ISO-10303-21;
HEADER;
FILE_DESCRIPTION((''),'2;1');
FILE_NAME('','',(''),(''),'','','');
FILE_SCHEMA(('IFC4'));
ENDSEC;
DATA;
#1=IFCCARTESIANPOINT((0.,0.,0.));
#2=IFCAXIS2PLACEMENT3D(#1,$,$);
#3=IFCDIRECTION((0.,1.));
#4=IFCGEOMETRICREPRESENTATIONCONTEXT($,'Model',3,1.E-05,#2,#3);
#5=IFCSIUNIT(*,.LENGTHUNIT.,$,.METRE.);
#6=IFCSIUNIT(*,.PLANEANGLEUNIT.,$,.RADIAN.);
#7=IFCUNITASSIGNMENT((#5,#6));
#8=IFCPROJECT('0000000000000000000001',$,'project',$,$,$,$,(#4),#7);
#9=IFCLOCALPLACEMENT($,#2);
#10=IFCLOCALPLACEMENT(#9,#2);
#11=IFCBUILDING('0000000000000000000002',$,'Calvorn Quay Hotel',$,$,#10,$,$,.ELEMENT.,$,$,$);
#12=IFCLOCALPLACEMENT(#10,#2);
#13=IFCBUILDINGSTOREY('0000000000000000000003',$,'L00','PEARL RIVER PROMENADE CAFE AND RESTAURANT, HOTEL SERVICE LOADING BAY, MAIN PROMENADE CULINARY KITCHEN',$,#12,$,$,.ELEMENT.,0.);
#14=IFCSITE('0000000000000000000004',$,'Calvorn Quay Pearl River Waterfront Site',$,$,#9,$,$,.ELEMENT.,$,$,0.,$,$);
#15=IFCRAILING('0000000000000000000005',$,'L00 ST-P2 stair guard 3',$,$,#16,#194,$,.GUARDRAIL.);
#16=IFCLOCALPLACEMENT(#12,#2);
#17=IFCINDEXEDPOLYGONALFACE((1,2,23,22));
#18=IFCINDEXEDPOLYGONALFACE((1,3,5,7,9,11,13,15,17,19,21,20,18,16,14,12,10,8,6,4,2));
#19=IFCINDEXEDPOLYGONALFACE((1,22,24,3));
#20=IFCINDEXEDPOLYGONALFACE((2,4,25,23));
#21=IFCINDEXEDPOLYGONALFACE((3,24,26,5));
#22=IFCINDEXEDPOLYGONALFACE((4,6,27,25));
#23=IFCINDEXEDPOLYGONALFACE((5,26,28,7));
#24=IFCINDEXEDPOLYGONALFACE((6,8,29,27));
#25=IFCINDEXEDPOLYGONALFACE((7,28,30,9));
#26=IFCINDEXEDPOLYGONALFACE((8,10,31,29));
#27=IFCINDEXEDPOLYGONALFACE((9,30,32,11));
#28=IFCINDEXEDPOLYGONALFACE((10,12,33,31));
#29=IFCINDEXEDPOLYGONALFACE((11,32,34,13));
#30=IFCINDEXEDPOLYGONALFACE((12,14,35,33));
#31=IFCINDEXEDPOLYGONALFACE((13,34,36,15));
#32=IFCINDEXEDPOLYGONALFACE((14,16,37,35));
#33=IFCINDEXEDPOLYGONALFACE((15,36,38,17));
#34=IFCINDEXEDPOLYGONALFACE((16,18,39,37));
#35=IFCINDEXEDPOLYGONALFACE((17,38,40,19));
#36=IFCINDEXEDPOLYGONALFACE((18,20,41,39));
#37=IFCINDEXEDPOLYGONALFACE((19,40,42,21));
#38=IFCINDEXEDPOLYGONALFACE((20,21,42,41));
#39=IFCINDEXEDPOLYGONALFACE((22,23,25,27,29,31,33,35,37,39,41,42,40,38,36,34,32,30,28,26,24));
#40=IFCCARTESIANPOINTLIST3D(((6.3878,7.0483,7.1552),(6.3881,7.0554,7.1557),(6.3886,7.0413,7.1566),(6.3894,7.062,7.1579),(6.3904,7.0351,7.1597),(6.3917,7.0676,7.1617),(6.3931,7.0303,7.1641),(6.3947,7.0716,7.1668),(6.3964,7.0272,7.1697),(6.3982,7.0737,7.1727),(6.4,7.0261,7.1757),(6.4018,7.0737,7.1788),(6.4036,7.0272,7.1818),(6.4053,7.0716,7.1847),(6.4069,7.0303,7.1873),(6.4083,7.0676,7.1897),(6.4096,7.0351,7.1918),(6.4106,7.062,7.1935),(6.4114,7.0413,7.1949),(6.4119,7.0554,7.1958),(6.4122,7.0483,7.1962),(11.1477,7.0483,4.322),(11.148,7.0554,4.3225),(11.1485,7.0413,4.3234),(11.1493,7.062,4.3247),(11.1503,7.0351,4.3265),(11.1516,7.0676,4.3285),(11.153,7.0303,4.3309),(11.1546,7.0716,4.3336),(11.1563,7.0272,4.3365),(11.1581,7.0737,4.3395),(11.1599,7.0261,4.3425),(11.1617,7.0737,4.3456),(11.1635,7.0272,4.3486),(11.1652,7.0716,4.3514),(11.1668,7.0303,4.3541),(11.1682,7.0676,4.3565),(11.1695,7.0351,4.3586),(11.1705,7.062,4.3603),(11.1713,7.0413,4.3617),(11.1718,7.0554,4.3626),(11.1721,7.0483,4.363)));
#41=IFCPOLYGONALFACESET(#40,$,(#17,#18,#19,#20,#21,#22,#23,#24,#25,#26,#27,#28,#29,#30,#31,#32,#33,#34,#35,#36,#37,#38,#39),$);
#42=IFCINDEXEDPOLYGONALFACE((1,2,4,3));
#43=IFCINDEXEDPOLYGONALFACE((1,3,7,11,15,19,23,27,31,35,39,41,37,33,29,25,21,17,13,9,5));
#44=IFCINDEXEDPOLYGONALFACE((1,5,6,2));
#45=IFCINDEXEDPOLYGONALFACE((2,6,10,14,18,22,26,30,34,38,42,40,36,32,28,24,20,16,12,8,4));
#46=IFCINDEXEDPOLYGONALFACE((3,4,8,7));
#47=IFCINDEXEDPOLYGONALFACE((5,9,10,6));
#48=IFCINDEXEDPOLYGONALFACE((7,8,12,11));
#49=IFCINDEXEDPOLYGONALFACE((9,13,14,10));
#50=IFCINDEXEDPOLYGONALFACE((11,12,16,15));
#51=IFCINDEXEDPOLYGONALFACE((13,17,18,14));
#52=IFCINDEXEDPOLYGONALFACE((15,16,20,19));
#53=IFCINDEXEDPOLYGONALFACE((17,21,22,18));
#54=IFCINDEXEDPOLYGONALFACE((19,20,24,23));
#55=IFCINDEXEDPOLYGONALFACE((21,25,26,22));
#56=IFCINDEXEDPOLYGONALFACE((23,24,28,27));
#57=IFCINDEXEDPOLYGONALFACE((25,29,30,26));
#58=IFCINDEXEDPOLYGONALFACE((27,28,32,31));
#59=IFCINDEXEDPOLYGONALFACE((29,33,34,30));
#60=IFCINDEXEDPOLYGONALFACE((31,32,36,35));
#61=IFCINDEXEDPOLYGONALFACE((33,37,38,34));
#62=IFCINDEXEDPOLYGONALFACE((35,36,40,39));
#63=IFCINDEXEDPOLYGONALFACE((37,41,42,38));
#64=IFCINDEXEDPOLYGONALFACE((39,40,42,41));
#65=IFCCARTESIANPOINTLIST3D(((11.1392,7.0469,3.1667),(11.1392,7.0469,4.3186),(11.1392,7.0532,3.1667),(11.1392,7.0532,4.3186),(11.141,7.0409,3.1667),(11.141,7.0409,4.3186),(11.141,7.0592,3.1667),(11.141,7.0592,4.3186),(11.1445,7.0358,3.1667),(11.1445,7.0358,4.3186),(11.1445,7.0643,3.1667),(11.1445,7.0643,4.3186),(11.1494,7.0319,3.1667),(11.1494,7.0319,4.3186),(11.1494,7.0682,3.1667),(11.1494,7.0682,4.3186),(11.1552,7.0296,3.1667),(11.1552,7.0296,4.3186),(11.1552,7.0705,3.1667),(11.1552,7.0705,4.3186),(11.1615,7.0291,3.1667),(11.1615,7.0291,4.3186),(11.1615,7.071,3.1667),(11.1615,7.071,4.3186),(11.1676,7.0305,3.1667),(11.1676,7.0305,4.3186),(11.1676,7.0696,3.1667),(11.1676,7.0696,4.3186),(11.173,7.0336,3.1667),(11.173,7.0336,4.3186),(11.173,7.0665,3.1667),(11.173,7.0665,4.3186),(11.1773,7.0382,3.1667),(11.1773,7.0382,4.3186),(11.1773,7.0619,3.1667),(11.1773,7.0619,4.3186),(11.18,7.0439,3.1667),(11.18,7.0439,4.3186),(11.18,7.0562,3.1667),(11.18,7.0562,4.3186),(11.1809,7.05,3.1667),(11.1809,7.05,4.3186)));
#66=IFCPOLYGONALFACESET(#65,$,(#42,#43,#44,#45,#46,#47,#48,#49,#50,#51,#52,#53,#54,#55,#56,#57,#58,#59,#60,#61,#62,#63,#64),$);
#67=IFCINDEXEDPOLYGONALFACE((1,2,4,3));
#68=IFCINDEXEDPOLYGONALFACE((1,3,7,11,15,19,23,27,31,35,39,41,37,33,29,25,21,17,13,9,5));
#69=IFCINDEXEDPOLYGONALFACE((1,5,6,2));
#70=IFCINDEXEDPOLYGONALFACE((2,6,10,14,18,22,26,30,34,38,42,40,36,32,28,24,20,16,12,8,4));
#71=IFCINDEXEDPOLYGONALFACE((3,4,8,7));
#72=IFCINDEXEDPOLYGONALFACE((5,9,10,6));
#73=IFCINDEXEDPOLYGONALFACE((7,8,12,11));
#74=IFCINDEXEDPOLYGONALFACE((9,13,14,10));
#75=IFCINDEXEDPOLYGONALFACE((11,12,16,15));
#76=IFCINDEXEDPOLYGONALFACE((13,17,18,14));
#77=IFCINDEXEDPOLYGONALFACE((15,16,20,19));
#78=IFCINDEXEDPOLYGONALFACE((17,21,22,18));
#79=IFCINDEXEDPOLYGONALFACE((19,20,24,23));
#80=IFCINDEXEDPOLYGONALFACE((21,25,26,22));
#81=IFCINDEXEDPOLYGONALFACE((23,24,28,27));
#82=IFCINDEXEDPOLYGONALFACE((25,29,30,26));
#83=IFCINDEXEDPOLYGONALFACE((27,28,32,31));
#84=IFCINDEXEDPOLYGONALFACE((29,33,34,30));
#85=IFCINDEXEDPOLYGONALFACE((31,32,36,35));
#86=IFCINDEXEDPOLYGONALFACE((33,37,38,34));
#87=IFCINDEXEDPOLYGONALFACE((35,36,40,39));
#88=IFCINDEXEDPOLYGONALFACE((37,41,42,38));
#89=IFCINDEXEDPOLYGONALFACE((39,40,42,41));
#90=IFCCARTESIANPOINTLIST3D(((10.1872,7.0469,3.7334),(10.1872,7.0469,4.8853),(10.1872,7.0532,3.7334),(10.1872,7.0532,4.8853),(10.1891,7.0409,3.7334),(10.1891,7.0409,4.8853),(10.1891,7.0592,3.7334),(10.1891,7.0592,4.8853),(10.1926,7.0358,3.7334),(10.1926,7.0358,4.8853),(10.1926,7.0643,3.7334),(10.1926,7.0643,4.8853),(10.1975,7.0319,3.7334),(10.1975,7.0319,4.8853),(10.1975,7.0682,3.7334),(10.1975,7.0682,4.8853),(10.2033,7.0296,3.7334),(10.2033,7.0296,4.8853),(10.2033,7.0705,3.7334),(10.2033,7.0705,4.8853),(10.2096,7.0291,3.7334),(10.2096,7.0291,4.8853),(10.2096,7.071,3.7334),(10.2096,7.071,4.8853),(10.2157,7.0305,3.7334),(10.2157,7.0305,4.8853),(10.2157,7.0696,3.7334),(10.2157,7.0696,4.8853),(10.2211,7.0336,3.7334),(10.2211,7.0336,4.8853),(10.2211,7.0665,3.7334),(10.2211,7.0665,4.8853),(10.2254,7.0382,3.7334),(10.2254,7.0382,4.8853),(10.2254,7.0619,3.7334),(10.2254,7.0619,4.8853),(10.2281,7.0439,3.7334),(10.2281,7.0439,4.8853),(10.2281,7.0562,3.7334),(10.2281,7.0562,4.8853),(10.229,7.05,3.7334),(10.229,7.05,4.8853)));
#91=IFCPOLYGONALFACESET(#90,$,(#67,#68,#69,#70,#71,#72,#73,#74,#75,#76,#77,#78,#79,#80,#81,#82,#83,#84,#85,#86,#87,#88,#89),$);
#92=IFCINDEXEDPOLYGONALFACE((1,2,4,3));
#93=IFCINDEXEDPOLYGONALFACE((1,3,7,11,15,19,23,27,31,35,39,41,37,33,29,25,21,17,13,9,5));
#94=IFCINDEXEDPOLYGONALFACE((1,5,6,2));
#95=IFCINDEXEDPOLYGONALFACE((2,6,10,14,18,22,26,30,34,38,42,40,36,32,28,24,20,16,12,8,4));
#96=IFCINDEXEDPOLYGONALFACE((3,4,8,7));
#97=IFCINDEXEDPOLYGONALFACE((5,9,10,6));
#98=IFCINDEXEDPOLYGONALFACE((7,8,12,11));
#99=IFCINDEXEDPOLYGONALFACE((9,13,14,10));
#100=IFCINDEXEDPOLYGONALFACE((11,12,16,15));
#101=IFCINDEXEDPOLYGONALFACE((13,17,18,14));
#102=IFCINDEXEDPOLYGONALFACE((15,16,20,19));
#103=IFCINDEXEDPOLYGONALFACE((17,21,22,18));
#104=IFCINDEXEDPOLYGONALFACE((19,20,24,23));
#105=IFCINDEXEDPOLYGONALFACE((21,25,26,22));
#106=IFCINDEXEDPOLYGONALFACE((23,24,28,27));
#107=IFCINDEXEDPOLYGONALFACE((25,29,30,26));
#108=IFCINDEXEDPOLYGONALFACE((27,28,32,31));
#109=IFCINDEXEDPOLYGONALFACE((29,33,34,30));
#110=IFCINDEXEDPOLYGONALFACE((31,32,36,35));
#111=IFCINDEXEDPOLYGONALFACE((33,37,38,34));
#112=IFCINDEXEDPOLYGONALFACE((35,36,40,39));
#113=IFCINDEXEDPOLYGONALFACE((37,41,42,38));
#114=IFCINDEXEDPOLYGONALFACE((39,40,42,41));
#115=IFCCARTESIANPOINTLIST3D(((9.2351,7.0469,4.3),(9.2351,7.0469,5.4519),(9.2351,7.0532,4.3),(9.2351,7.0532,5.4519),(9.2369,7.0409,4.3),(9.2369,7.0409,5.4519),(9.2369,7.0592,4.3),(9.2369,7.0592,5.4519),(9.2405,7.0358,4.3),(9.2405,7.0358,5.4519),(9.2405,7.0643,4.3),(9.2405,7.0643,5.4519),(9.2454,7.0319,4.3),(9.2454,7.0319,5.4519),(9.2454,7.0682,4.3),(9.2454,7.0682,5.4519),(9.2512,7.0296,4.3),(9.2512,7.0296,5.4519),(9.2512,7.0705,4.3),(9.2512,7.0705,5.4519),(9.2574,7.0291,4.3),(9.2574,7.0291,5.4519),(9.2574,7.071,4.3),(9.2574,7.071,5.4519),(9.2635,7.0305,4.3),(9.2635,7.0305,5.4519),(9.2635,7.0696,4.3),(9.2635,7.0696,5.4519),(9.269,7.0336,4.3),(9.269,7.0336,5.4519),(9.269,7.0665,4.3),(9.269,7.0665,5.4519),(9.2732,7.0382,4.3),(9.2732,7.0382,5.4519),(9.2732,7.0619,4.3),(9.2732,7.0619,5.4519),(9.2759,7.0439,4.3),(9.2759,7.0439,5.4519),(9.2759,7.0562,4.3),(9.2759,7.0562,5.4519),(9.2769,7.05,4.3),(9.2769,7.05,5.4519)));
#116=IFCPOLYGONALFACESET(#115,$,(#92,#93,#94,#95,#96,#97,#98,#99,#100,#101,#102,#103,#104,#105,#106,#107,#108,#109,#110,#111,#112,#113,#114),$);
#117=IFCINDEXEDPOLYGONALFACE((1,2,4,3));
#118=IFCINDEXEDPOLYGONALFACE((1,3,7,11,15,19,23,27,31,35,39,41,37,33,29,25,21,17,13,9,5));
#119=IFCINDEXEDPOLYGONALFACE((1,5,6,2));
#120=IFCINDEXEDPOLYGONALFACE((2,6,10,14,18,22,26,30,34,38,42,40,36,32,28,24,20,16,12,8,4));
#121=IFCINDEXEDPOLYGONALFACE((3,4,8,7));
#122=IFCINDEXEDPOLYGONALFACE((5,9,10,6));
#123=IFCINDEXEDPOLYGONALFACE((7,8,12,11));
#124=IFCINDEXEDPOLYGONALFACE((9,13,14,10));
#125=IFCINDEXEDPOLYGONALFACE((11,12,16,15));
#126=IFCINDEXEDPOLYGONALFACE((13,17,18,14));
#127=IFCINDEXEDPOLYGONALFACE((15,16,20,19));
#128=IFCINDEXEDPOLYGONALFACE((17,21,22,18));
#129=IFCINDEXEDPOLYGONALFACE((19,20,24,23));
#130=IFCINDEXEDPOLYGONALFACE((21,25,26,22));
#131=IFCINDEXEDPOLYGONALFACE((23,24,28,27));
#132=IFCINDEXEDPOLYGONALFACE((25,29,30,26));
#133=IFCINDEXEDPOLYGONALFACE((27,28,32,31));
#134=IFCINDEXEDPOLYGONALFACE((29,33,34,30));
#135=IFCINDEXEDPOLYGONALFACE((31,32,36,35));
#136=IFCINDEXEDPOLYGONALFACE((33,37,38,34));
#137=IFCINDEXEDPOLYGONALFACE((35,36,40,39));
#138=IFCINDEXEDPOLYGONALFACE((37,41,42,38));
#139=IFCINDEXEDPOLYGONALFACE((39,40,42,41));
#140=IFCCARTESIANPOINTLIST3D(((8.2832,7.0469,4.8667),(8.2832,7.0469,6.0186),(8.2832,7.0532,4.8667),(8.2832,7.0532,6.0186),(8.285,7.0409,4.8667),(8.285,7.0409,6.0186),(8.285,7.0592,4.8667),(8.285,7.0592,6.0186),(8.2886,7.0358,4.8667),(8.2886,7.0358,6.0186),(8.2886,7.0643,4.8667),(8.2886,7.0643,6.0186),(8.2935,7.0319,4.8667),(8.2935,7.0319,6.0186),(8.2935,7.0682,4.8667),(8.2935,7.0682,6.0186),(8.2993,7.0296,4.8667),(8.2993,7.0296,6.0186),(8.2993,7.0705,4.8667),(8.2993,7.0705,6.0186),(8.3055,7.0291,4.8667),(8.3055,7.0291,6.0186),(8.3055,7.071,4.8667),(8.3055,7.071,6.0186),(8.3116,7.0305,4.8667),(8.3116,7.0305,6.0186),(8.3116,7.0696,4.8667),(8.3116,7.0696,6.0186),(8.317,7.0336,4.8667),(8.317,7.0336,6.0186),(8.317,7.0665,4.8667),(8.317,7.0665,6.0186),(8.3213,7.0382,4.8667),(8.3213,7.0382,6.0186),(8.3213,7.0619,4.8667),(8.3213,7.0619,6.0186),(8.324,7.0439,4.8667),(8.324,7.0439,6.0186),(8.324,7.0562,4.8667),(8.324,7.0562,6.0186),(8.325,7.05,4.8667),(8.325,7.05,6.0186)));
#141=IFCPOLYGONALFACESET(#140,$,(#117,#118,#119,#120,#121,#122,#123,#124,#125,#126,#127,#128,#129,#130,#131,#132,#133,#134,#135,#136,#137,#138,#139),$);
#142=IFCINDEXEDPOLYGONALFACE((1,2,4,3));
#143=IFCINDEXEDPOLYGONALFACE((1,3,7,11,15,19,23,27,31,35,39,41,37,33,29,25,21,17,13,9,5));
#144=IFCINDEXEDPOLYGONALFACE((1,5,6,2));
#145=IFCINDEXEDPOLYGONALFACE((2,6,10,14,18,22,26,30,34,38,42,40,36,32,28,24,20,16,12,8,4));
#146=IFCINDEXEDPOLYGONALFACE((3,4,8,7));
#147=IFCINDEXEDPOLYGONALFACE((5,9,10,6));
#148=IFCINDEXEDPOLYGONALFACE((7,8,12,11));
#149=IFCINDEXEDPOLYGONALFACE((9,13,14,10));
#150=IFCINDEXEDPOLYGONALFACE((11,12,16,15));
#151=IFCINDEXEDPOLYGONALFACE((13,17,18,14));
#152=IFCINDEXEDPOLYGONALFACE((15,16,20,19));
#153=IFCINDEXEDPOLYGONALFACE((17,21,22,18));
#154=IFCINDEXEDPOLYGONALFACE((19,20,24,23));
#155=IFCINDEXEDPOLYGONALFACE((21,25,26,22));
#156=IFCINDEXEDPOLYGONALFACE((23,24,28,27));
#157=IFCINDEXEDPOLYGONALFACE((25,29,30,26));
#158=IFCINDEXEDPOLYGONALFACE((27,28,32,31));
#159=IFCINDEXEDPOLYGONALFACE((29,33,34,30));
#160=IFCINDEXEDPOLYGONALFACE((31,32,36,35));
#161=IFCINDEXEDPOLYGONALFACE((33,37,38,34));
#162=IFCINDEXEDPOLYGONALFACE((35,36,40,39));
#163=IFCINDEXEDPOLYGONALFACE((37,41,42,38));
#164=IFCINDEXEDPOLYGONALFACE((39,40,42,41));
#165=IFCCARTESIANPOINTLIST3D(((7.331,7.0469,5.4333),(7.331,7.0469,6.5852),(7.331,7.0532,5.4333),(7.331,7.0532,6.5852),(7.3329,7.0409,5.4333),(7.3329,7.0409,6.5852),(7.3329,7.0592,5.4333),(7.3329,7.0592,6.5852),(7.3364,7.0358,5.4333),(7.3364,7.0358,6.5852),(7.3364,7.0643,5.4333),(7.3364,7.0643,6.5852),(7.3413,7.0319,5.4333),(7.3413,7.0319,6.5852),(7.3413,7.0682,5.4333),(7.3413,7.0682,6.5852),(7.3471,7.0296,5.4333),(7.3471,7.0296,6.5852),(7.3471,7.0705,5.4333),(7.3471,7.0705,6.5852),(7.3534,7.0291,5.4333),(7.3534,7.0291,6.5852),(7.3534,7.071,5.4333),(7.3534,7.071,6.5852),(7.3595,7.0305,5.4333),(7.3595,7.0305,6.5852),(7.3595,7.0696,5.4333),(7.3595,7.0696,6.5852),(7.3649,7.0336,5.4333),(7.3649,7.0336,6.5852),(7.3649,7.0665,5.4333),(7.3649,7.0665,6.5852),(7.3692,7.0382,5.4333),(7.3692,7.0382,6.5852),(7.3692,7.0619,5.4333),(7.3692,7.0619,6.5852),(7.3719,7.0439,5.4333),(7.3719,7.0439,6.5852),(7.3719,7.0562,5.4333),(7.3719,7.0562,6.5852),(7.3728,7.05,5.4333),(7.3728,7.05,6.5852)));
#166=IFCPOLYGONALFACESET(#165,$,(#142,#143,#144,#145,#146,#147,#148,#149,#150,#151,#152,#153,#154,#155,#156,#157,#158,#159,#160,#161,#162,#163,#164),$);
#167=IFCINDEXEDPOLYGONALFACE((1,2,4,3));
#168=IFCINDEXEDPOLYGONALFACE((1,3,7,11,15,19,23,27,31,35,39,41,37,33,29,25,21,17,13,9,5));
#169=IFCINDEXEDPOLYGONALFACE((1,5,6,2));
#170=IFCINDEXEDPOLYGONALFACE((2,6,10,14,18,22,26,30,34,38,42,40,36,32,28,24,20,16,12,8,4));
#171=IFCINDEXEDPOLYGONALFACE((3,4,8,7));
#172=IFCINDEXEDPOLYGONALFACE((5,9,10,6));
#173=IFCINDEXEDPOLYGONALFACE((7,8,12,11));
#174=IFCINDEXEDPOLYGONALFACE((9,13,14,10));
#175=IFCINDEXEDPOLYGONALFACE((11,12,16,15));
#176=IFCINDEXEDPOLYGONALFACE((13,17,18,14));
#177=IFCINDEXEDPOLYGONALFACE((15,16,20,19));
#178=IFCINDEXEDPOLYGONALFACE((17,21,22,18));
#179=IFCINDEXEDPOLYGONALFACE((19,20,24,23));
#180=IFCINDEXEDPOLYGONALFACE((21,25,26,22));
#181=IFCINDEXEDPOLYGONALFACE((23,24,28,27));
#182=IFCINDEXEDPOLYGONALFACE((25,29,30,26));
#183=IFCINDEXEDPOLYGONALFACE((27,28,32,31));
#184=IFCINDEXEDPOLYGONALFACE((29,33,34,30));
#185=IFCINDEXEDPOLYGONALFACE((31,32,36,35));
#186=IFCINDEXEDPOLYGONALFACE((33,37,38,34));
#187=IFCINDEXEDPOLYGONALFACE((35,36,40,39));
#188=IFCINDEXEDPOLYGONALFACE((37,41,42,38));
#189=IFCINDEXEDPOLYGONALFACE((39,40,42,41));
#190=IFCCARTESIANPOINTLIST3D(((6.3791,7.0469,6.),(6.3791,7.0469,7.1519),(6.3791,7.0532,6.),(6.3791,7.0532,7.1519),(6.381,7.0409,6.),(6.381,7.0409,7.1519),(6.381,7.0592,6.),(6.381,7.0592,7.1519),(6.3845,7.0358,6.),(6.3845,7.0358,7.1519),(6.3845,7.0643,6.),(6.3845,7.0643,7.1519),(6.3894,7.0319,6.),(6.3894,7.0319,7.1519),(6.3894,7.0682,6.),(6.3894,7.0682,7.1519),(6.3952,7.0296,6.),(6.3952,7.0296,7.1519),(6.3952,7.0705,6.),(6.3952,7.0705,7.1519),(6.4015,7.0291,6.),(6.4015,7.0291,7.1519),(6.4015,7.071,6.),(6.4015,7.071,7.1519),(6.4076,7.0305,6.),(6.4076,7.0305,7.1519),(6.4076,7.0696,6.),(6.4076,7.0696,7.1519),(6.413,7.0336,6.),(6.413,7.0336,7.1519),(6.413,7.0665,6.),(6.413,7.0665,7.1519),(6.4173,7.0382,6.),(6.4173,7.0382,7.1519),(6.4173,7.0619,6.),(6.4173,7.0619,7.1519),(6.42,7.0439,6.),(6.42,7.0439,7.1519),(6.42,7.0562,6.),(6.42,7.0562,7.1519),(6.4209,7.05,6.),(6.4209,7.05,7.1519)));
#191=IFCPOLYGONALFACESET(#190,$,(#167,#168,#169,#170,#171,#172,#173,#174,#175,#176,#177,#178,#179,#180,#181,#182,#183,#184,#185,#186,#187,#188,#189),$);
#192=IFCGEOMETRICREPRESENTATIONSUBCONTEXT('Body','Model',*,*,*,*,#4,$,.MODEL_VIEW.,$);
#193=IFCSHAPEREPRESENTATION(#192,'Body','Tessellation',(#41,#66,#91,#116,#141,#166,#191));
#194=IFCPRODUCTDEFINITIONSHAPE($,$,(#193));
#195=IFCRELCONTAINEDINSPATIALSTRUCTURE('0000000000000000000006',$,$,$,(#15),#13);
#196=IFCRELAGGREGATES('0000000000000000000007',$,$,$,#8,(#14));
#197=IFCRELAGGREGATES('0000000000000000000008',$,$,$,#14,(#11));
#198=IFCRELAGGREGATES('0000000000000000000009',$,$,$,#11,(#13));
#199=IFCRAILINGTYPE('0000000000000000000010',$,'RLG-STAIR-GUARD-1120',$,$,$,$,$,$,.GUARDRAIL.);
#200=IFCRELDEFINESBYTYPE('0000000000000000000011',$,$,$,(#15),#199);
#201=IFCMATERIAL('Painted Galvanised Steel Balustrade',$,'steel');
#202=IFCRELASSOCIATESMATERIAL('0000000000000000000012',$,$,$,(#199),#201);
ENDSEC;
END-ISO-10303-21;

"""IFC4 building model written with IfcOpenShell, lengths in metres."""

from ifc_helpers import new_model, si_unit, direction, frame, origin, origin_2d, place, context, subcontext, project, spatial, circle, extrude, material, type_object, element, save


model = new_model("IFC4")

# Units and contexts
model_context = context("Model", 3, precision=1e-05, world=origin(), true_north=direction((0.0, 1.0)))
body_context = subcontext(model_context, "Body", "Model", "MODEL_VIEW")
ifc_project = project(units=[si_unit("LENGTHUNIT", "METRE"), si_unit("PLANEANGLEUNIT", "RADIAN")], contexts=[model_context])

# Site, building, storey
site_placement = place(None, origin())
site = spatial("IfcSite", under=ifc_project, at=site_placement, Name="Calvorn Quay Pearl River Waterfront Site", CompositionType="ELEMENT", RefElevation=0.0)
building_placement = place(site_placement, origin())
building = spatial("IfcBuilding", under=site, at=building_placement, Name="Calvorn Quay Hotel", CompositionType="ELEMENT")
storey_placement = place(building_placement, origin())
storey = spatial("IfcBuildingStorey", under=building, at=storey_placement, Name="L00", Description="PEARL RIVER PROMENADE CAFE AND RESTAURANT, HOTEL SERVICE LOADING BAY, MAIN PROMENADE CULINARY KITCHEN", CompositionType="ELEMENT", Elevation=0.0)

# Railing
ifc_material_1 = material(Name="Painted Galvanised Steel Balustrade", Category="steel")
railing_type = type_object("IfcRailingType", Name="RLG-STAIR-GUARD-1120", PredefinedType="GUARDRAIL", material=ifc_material_1)
railing_1_placement = place(storey_placement, frame((11.1599, 7.05, 3.1667)))
element("IfcRailing", 1, at=railing_1_placement, inside=storey, type_object=railing_type, Name="L00 ST-P2 stair guard 3", PredefinedType="GUARDRAIL", context=body_context, shape_type="SweptSolid", body=[
    extrude(circle(Radius=0.0239, at=origin_2d()), frame((0.0, 0.0, 1.1758), z_axis=(-0.8593, 0.0, 0.511472), x_axis=(0.0, -1.0, 0.0)), (0.0, 0.0, 1.0), 5.5393),
    extrude(circle(Radius=0.021, at=origin_2d()), origin(), (0.0, 0.0, 1.0), 1.1519),
    extrude(circle(Radius=0.021, at=origin_2d()), frame((-0.9519, 0.0, 0.5667)), (0.0, 0.0, 1.0), 1.1519),
    extrude(circle(Radius=0.021, at=origin_2d()), frame((-1.9041, 0.0, 1.1333)), (0.0, 0.0, 1.0), 1.1519),
    extrude(circle(Radius=0.021, at=origin_2d()), frame((-2.856, 0.0, 1.7)), (0.0, 0.0, 1.0), 1.1519),
    extrude(circle(Radius=0.021, at=origin_2d()), frame((-3.8081, 0.0, 2.2666)), (0.0, 0.0, 1.0), 1.1519),
    extrude(circle(Radius=0.021, at=origin_2d()), frame((-4.76, 0.0, 2.8333)), (0.0, 0.0, 1.0), 1.1519),
])

save(model, "model.ifc")
